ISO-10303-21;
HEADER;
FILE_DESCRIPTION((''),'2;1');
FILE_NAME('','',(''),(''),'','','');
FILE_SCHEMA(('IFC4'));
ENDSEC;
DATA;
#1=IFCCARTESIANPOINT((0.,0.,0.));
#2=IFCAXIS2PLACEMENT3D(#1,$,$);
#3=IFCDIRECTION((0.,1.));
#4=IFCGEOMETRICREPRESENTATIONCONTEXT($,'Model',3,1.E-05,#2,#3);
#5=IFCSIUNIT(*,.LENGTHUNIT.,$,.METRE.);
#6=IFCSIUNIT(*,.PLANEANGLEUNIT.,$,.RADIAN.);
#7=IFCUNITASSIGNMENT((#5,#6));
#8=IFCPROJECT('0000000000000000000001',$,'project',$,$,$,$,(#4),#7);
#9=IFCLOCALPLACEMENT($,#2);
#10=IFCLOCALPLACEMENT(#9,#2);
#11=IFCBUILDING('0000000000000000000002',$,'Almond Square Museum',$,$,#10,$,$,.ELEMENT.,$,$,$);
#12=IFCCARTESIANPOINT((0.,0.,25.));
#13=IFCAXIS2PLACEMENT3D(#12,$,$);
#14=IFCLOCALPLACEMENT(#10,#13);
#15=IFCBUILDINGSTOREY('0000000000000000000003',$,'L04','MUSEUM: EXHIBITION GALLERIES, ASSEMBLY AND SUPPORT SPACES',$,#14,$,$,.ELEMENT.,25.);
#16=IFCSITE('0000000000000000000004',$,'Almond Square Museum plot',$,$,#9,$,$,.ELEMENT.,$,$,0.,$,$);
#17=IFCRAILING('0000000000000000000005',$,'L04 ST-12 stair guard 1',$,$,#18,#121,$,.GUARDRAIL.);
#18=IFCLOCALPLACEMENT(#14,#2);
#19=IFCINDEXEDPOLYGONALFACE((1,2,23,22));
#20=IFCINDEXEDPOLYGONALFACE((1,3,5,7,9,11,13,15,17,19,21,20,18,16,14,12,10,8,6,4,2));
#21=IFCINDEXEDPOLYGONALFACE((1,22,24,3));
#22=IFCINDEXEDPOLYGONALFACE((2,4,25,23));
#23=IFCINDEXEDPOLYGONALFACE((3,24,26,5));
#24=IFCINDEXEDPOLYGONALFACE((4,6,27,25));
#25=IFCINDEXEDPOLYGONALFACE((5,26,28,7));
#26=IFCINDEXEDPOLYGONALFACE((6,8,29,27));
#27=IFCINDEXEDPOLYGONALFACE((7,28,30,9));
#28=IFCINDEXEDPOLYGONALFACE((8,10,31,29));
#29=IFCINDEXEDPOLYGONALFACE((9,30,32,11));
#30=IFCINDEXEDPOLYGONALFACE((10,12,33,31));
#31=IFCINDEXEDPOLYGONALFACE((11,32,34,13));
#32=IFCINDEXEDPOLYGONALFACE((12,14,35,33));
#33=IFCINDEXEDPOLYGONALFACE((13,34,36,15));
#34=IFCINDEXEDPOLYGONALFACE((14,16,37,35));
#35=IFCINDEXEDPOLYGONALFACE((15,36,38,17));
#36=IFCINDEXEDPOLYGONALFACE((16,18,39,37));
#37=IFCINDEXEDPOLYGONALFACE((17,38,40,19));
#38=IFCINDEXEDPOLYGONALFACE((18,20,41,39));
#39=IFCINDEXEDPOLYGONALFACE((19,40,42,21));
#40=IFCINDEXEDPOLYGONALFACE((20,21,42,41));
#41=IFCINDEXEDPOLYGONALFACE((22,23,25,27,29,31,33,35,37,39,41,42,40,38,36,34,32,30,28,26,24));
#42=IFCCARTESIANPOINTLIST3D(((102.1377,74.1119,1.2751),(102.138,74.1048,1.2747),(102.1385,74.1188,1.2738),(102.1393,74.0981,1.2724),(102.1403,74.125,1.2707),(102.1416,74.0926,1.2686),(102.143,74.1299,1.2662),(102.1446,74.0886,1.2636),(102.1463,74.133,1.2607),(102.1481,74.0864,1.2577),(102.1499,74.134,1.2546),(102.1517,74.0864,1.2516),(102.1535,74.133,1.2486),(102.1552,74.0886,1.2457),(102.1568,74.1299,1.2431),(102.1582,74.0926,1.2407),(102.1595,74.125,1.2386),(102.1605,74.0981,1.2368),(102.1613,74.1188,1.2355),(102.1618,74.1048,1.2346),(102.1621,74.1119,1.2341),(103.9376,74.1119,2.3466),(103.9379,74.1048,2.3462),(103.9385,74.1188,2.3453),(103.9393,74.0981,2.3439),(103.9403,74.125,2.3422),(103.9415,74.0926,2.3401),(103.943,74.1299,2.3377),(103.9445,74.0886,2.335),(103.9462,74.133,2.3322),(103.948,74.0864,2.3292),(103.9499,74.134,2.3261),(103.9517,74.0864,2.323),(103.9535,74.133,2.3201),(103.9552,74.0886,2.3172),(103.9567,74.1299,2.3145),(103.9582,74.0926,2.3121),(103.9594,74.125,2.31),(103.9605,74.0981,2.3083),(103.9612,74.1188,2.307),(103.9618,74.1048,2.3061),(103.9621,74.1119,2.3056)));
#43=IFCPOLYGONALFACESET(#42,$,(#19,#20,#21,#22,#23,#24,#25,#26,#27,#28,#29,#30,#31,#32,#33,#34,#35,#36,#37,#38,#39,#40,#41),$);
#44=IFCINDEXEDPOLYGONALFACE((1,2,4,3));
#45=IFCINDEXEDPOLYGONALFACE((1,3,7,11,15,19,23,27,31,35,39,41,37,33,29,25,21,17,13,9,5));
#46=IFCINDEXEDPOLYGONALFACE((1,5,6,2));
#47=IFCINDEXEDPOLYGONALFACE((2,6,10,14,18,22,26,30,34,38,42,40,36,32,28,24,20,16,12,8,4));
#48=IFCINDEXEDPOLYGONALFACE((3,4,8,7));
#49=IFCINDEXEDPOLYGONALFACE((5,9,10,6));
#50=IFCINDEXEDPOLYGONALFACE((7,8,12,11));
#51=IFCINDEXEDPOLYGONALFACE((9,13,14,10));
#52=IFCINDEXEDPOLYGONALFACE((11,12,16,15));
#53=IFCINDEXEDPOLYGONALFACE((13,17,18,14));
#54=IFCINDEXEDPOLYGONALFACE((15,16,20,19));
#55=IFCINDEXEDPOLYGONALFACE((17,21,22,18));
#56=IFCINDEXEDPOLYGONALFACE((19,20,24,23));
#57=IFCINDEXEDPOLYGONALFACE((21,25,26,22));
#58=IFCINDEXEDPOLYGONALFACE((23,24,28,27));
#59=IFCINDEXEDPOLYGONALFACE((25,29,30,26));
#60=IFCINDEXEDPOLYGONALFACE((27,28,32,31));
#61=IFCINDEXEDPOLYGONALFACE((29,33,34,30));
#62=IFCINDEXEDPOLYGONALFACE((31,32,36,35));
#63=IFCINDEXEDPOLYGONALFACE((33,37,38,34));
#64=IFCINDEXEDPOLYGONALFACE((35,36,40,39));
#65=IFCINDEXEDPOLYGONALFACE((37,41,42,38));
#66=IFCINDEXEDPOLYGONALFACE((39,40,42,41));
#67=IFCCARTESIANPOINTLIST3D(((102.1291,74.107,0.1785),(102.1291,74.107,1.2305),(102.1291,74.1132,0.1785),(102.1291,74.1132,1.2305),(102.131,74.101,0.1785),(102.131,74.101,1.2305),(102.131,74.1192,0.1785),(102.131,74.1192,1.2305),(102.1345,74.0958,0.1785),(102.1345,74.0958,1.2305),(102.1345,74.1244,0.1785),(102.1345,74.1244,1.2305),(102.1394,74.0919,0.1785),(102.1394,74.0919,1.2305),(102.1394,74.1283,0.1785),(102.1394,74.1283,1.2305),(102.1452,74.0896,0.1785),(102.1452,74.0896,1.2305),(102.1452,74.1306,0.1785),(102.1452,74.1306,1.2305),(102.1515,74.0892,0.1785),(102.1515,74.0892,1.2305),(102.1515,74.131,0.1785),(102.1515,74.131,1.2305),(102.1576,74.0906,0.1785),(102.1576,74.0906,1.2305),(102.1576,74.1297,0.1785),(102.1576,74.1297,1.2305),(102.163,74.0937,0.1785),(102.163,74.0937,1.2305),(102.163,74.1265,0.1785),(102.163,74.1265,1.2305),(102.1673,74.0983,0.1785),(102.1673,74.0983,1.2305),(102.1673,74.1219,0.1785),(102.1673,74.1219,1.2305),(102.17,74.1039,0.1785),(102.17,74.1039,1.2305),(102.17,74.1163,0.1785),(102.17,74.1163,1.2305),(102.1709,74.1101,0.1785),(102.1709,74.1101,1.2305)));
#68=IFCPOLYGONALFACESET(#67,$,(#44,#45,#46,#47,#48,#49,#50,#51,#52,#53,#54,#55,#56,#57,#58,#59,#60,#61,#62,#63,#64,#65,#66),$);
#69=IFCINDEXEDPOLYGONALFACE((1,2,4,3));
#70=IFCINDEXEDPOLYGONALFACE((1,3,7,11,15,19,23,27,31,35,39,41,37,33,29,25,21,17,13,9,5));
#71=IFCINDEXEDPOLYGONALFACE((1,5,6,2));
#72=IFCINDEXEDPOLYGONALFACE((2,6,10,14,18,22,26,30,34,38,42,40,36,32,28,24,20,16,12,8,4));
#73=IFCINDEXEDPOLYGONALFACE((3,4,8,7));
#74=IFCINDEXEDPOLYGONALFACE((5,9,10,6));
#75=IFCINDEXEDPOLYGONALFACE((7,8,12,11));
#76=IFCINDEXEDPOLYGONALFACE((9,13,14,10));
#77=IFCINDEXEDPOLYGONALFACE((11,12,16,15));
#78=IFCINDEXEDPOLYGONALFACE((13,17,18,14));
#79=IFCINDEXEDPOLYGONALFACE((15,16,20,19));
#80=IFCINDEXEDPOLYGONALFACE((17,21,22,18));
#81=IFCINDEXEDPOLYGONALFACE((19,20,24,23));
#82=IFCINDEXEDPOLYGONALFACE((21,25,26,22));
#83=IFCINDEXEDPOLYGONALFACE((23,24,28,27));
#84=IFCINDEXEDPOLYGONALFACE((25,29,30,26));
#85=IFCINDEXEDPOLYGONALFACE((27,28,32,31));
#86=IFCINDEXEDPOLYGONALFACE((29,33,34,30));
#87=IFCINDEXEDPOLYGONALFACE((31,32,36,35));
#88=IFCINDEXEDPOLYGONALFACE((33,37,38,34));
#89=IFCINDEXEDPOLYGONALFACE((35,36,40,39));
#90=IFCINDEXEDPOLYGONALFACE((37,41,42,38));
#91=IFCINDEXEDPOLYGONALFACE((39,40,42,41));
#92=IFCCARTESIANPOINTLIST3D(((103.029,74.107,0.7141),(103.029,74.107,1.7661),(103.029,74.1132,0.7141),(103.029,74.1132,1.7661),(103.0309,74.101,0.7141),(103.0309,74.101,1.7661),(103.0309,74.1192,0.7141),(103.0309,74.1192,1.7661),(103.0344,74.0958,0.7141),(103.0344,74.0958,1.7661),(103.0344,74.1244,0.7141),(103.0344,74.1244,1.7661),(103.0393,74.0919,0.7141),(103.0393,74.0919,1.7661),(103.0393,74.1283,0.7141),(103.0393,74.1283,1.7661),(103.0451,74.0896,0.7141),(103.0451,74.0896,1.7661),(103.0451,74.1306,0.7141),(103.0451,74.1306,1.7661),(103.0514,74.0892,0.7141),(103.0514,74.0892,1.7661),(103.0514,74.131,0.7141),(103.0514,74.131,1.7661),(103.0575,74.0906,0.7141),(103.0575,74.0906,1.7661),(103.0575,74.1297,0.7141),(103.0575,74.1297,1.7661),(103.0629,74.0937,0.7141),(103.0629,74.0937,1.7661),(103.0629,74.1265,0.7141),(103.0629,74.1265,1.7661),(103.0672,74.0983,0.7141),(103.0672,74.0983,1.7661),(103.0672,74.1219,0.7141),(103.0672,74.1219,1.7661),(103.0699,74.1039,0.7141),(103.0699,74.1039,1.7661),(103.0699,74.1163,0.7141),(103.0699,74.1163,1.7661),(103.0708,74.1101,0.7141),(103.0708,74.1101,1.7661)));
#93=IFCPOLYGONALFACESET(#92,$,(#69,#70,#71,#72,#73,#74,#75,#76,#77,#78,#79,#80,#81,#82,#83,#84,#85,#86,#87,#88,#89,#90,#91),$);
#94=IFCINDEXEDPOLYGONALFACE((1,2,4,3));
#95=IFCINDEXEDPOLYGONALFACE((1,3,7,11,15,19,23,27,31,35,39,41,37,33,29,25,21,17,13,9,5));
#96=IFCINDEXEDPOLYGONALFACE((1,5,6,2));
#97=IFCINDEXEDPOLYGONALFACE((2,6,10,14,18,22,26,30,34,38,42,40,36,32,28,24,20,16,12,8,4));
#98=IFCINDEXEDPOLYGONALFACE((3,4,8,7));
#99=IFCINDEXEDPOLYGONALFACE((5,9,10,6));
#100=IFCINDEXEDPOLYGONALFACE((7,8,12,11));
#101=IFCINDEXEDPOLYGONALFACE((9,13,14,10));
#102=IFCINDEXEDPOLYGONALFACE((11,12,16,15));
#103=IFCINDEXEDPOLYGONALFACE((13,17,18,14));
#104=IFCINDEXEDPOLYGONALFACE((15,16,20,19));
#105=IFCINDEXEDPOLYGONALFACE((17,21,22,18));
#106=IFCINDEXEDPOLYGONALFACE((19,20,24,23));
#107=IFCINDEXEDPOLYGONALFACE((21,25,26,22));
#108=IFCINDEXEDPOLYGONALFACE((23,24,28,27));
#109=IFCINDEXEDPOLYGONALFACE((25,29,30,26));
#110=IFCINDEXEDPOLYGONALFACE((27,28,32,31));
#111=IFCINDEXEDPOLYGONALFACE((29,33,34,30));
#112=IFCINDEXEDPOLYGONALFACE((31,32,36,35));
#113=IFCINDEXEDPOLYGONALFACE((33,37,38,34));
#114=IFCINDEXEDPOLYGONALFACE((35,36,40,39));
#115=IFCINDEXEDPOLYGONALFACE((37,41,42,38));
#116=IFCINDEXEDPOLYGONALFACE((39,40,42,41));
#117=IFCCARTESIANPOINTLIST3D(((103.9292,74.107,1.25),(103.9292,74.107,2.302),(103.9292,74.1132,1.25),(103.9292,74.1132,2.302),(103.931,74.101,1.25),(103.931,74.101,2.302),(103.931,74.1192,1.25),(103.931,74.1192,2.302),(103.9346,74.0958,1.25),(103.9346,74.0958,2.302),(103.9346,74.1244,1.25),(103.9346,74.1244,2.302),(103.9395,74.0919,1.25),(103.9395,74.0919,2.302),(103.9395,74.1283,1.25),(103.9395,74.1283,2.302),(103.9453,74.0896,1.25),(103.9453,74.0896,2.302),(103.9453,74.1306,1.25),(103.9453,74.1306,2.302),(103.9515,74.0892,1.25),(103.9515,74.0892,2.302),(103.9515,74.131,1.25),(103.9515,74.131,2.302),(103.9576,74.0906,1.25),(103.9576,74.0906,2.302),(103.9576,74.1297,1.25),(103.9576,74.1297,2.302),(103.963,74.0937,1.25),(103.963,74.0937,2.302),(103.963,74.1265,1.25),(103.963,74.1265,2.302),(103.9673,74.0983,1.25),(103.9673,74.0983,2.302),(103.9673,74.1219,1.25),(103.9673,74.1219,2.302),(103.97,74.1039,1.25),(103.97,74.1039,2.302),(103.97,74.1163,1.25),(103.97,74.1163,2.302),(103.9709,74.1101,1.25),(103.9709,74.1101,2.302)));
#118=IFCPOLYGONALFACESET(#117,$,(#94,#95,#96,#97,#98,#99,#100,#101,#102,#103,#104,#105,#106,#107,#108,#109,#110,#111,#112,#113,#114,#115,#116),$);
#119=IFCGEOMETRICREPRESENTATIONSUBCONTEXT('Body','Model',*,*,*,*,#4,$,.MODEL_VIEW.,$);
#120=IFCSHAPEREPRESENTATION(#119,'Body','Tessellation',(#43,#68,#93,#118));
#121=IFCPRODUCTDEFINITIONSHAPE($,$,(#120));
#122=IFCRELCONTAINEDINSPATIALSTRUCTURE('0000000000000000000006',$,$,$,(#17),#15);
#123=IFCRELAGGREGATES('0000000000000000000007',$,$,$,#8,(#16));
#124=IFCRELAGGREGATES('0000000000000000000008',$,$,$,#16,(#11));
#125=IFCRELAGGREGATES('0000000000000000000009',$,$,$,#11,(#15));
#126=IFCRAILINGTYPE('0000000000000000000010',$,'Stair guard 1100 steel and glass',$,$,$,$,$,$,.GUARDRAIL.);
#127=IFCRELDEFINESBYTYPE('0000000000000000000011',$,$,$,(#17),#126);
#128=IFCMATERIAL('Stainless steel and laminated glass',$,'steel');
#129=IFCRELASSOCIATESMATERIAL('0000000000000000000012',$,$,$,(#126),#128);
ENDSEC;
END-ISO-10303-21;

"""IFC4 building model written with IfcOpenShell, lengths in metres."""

from ifc_helpers import new_model, si_unit, direction, frame, origin, origin_2d, place, context, subcontext, project, spatial, circle, extrude, material, type_object, element, save


model = new_model("IFC4")

# Units and contexts
model_context = context("Model", 3, precision=1e-05, world=origin(), true_north=direction((0.0, 1.0)))
body_context = subcontext(model_context, "Body", "Model", "MODEL_VIEW")
ifc_project = project(units=[si_unit("LENGTHUNIT", "METRE"), si_unit("PLANEANGLEUNIT", "RADIAN")], contexts=[model_context])

# Site, building, storey
site_placement = place(None, origin())
site = spatial("IfcSite", under=ifc_project, at=site_placement, Name="Almond Square Museum plot", CompositionType="ELEMENT", RefElevation=0.0)
building_placement = place(site_placement, origin())
building = spatial("IfcBuilding", under=site, at=building_placement, Name="Almond Square Museum", CompositionType="ELEMENT")
storey_placement = place(building_placement, frame((0.0, 0.0, 25.0)))
storey = spatial("IfcBuildingStorey", under=building, at=storey_placement, Name="L04", Description="MUSEUM: EXHIBITION GALLERIES, ASSEMBLY AND SUPPORT SPACES", CompositionType="ELEMENT", Elevation=25.0)

# Railing
ifc_material_1 = material(Name="Stainless steel and laminated glass", Category="steel")
railing_type_1 = type_object("IfcRailingType", Name="Stair guard 1100 steel and glass", PredefinedType="GUARDRAIL", material=ifc_material_1)
railing_1_placement = place(storey_placement, frame((102.1499, 74.1101, 0.1785)))
element("IfcRailing", 1, at=railing_1_placement, inside=storey, type_object=railing_type_1, Name="L04 ST-12 stair guard 1", PredefinedType="GUARDRAIL", context=body_context, shape_type="SweptSolid", body=[
    extrude(circle(Radius=0.0239, at=origin_2d()), frame((0.0, 0.0, 1.0762), z_axis=(0.859277, 0.0, 0.51151), x_axis=(0.0, 1.0, 0.0)), (0.0, 0.0, 1.0), 2.0947),
    extrude(circle(Radius=0.021, at=origin_2d()), origin(), (0.0, 0.0, 1.0), 1.052),
    extrude(circle(Radius=0.021, at=origin_2d()), frame((0.8999, 0.0, 0.5356)), (0.0, 0.0, 1.0), 1.052),
    extrude(circle(Radius=0.021, at=origin_2d()), frame((1.8, 0.0, 1.0715)), (0.0, 0.0, 1.0), 1.052),
])

save(model, "model.ifc")
